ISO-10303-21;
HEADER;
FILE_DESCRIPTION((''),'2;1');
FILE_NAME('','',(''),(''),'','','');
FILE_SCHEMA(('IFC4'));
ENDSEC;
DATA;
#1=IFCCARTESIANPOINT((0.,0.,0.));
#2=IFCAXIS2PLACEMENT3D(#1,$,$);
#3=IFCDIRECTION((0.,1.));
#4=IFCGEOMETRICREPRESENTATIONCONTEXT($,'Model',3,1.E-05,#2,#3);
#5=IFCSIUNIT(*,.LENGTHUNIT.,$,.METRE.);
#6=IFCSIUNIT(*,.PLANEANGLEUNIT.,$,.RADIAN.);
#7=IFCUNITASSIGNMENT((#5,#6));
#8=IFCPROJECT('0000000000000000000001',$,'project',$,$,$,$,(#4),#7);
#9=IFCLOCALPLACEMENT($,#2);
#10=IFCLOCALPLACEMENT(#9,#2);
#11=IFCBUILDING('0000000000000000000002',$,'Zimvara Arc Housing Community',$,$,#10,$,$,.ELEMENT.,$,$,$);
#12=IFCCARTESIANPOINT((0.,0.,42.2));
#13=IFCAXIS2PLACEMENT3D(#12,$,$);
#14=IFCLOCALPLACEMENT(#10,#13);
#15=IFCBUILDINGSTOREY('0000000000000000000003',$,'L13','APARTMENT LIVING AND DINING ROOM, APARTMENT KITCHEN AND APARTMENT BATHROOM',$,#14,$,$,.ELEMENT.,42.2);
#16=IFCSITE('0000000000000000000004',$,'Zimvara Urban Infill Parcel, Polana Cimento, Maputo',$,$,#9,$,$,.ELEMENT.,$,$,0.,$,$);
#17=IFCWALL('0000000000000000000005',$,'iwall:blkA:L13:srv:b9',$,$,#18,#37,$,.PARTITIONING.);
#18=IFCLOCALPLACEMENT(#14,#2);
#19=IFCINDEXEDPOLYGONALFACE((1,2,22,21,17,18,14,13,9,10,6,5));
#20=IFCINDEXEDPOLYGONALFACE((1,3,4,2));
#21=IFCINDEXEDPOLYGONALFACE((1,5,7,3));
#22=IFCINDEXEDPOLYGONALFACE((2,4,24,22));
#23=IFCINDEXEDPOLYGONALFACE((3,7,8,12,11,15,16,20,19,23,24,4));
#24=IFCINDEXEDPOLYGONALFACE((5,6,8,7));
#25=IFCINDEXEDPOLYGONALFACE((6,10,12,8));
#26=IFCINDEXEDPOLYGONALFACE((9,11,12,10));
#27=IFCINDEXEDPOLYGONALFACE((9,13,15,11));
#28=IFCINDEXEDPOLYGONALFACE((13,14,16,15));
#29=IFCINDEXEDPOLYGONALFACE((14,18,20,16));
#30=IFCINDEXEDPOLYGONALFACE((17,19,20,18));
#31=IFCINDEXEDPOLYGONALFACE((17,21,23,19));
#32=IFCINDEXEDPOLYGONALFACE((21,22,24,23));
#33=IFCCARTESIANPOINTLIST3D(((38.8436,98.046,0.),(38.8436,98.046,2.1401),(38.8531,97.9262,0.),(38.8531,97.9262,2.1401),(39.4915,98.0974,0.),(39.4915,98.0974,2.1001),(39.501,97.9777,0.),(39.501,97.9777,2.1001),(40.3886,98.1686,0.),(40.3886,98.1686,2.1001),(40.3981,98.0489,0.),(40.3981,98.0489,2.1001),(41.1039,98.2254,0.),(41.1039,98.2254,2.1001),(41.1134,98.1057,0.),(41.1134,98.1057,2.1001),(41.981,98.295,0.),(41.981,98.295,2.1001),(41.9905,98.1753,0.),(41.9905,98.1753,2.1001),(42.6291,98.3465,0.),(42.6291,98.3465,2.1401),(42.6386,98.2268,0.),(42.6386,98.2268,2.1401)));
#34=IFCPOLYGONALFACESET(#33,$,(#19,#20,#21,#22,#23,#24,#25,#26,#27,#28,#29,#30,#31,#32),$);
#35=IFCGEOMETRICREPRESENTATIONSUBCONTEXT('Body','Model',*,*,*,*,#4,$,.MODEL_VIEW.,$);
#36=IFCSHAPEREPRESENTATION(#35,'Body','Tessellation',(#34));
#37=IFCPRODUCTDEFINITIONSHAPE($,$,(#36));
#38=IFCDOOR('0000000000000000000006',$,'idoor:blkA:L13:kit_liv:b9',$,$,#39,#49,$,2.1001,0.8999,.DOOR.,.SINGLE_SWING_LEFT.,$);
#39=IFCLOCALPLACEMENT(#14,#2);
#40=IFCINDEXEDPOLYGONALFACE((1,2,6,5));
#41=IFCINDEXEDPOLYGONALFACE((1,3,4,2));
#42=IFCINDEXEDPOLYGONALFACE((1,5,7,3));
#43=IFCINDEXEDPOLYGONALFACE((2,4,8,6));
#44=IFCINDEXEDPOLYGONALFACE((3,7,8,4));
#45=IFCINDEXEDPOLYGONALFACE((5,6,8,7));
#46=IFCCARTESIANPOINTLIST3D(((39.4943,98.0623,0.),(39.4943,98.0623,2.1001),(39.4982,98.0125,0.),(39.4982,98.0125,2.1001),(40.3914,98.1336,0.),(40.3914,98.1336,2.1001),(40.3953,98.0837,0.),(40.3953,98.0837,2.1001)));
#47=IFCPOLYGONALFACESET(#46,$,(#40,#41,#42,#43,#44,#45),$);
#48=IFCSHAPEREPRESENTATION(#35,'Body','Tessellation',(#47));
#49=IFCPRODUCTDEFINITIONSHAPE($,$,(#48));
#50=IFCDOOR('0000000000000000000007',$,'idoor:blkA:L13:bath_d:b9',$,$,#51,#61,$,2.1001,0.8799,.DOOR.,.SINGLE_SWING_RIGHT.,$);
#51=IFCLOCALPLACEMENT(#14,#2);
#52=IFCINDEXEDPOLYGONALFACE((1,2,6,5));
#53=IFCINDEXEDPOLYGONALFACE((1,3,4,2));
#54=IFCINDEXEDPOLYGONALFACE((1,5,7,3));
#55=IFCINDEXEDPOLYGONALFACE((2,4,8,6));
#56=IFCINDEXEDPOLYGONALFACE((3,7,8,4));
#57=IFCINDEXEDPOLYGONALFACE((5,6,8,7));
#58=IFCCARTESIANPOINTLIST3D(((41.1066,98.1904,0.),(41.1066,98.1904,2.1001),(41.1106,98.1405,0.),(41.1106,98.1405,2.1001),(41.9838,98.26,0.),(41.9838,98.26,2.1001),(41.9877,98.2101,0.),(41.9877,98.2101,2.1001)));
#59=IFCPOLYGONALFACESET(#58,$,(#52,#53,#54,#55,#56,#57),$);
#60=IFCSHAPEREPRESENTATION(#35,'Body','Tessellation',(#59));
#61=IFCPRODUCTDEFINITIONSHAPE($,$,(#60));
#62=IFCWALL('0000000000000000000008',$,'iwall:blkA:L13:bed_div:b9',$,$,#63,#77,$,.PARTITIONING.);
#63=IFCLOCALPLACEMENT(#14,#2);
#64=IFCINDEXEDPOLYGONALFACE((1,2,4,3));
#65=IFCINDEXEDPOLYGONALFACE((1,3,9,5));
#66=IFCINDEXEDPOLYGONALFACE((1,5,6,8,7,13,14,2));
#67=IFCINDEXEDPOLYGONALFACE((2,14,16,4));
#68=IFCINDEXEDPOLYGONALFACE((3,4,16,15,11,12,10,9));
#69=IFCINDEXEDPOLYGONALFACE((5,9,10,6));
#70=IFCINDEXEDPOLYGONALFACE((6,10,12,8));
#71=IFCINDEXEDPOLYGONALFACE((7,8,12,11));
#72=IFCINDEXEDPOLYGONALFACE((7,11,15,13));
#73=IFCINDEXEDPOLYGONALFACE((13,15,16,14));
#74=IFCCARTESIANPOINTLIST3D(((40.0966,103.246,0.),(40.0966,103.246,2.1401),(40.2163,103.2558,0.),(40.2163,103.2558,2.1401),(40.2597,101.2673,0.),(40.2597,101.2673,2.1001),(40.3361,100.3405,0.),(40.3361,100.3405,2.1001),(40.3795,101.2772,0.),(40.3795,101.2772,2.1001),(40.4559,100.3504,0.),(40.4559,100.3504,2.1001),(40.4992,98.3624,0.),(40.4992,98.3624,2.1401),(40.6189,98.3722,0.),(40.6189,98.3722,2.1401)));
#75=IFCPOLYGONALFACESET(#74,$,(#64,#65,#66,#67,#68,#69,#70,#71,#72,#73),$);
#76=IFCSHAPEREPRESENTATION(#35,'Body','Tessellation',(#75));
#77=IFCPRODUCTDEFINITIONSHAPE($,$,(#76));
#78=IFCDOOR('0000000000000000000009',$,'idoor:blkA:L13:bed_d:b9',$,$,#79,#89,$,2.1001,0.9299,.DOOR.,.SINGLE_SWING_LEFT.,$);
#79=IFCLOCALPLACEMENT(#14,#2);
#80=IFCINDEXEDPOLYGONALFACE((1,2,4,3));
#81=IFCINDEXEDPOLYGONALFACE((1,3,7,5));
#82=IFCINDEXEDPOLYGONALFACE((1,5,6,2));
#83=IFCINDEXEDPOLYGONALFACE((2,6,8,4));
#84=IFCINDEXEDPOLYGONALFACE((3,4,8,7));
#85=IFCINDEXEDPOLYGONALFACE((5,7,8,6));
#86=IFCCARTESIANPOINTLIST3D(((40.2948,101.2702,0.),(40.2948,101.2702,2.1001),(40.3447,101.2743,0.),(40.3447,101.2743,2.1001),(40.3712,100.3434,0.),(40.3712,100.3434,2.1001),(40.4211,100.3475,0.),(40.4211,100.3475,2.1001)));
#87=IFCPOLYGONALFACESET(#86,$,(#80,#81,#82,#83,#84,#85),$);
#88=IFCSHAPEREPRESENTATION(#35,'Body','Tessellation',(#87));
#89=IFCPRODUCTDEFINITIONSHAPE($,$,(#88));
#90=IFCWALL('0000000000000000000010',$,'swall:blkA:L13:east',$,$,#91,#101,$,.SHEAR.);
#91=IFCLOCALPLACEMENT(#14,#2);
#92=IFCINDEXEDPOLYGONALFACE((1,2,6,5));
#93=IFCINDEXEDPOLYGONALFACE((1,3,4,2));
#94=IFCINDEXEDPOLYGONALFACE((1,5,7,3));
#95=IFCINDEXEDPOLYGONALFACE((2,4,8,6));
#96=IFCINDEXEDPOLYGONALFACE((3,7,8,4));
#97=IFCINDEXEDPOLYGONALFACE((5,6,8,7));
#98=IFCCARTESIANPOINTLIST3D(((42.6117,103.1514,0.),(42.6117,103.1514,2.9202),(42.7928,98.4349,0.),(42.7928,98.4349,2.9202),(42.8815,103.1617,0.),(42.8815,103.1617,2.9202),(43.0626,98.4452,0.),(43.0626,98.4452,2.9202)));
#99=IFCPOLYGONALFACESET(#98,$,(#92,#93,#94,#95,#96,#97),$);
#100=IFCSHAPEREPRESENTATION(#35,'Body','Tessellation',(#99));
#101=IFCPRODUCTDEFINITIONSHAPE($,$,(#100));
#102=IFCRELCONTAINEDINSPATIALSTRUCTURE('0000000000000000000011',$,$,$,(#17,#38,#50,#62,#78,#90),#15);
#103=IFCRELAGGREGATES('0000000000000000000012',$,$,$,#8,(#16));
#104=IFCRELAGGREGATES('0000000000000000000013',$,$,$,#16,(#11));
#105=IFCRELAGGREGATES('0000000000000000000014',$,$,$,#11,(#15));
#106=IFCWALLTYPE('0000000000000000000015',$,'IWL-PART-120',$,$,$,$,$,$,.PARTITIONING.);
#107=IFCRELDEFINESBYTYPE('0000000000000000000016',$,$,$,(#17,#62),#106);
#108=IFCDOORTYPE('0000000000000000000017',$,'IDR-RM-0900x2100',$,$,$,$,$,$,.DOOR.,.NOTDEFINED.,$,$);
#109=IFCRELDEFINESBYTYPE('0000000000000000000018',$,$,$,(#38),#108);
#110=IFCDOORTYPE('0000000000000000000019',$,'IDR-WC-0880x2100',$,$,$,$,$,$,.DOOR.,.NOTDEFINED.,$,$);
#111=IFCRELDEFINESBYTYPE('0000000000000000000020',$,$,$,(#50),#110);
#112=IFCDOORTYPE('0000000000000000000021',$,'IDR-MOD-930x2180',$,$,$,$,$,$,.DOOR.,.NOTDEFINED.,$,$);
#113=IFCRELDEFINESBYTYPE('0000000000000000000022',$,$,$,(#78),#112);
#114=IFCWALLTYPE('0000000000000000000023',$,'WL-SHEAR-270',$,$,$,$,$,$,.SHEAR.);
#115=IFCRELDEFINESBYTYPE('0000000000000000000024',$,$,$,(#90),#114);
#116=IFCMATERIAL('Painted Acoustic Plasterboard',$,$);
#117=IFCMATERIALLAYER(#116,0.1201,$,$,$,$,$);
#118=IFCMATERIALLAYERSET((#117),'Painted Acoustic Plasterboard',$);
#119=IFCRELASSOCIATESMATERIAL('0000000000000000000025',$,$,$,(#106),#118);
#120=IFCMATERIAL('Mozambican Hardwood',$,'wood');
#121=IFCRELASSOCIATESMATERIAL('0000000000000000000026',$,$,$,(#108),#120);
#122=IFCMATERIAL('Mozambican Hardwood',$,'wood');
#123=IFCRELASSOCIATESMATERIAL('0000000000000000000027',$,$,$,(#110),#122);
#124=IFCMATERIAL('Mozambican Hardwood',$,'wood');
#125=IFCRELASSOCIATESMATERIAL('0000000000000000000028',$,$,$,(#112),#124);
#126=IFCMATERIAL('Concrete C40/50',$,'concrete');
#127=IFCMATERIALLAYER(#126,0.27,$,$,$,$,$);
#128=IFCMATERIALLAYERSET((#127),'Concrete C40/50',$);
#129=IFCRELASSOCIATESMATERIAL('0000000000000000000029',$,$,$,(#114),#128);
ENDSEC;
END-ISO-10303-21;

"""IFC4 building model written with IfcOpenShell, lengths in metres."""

from ifc_helpers import new_model, si_unit, direction, frame, frame_2d, origin, place, context, subcontext, project, spatial, rectangle, extrude, material, layer, layer_set, type_object, element, fill, save


model = new_model("IFC4")

# Units and contexts
model_context = context("Model", 3, precision=1e-05, world=origin(), true_north=direction((0.0, 1.0)))
body_context = subcontext(model_context, "Body", "Model", "MODEL_VIEW")
ifc_project = project(units=[si_unit("LENGTHUNIT", "METRE"), si_unit("PLANEANGLEUNIT", "RADIAN")], contexts=[model_context])

# Site, building, storey
site_placement = place(None, origin())
site = spatial("IfcSite", under=ifc_project, at=site_placement, Name="Zimvara Urban Infill Parcel, Polana Cimento, Maputo", CompositionType="ELEMENT", RefElevation=0.0)
building_placement = place(site_placement, origin())
building = spatial("IfcBuilding", under=site, at=building_placement, Name="Zimvara Arc Housing Community", CompositionType="ELEMENT")
storey_placement = place(building_placement, frame((0.0, 0.0, 42.2)))
storey = spatial("IfcBuildingStorey", under=building, at=storey_placement, Name="L13", Description="APARTMENT LIVING AND DINING ROOM, APARTMENT KITCHEN AND APARTMENT BATHROOM", CompositionType="ELEMENT", Elevation=42.2)

# Wall, openings, doors
ifc_material_1 = material(Name="Painted Acoustic Plasterboard")
ifc_layer_1 = layer(ifc_material_1, 0.1201)
ifc_layer_set_1 = layer_set([ifc_layer_1], Name="Painted Acoustic Plasterboard")
wall_type_1 = type_object("IfcWallType", Name="IWL-PART-120", PredefinedType="PARTITIONING", material=ifc_layer_set_1)
wall_1_placement = place(storey_placement, frame((38.8484, 97.9861, 0.0), z_axis=(0.0, 0.0, 1.0), x_axis=(0.996863, 0.079145, 0.0)))
wall_1 = element("IfcWall", 1, at=wall_1_placement, inside=storey, type_object=wall_type_1, Name="iwall:blkA:L13:srv:b9", PredefinedType="PARTITIONING", context=body_context, shape_type="SweptSolid", body=[
    extrude(rectangle(XDim=3.7974, YDim=0.1201, at=frame_2d((1.8987, 0.0))), origin(), (0.0, 0.0, 1.0), 2.1401),
])
opening_1_placement = place(wall_1_placement, frame((0.6499, 0.0, 0.0)))
opening_1 = element("IfcOpeningElement", 2, at=opening_1_placement, cuts=wall_1, PredefinedType="OPENING", context=body_context, shape_type="SweptSolid", body=[
    extrude(rectangle(XDim=0.8999, YDim=2.1001, at=frame_2d((0.45, 1.05))), frame((0.0, 0.0701, 0.0), z_axis=(0.0, -1.0, 0.0), x_axis=(1.0, 0.0, 0.0)), (0.0, 0.0, 1.0), 0.1401),
])
opening_2_placement = place(wall_1_placement, frame((2.2673, 0.0, 0.0)))
opening_2 = element("IfcOpeningElement", 3, at=opening_2_placement, cuts=wall_1, PredefinedType="OPENING", context=body_context, shape_type="SweptSolid", body=[
    extrude(rectangle(XDim=0.8799, YDim=2.1001, at=frame_2d((0.4399, 1.05))), frame((0.0, 0.0701, 0.0), z_axis=(0.0, -1.0, 0.0), x_axis=(1.0, 0.0, 0.0)), (0.0, 0.0, 1.0), 0.1401),
])
ifc_material_2 = material(Name="Mozambican Hardwood", Category="wood")
door_type_1 = type_object("IfcDoorType", Name="IDR-RM-0900x2100", OperationType="NOTDEFINED", PredefinedType="DOOR", material=ifc_material_2)
door_1_placement = place(opening_1_placement, origin())
door_1 = element("IfcDoor", 4, at=door_1_placement, inside=storey, type_object=door_type_1, Name="idoor:blkA:L13:kit_liv:b9", OperationType="SINGLE_SWING_LEFT", OverallHeight=2.1001, OverallWidth=0.8999, PredefinedType="DOOR", context=body_context, shape_type="SweptSolid", body=[
    extrude(rectangle(XDim=0.8999, YDim=2.1001, at=frame_2d((0.45, 1.05))), frame((0.0, 0.0249, 0.0), z_axis=(0.0, -1.0, 0.0), x_axis=(1.0, 0.0, 0.0)), (0.0, 0.0, 1.0), 0.05),
])
fill(opening_1, door_1)
ifc_material_3 = material(Name="Mozambican Hardwood", Category="wood")
door_type_2 = type_object("IfcDoorType", Name="IDR-WC-0880x2100", OperationType="NOTDEFINED", PredefinedType="DOOR", material=ifc_material_3)
door_2_placement = place(opening_2_placement, origin())
door_2 = element("IfcDoor", 5, at=door_2_placement, inside=storey, type_object=door_type_2, Name="idoor:blkA:L13:bath_d:b9", OperationType="SINGLE_SWING_RIGHT", OverallHeight=2.1001, OverallWidth=0.8799, PredefinedType="DOOR", context=body_context, shape_type="SweptSolid", body=[
    extrude(rectangle(XDim=0.8799, YDim=2.1001, at=frame_2d((0.4399, 1.05))), frame((0.0, 0.0249, 0.0), z_axis=(0.0, -1.0, 0.0), x_axis=(1.0, 0.0, 0.0)), (0.0, 0.0, 1.0), 0.05),
])
fill(opening_2, door_2)

# Wall, opening, door
wall_2_placement = place(storey_placement, frame((40.5591, 98.3672, 0.0), z_axis=(0.0, 0.0, 1.0), x_axis=(-0.082159, 0.996619, 0.0)))
wall_2 = element("IfcWall", 6, at=wall_2_placement, inside=storey, type_object=wall_type_1, Name="iwall:blkA:L13:bed_div:b9", PredefinedType="PARTITIONING", context=body_context, shape_type="SweptSolid", body=[
    extrude(rectangle(XDim=4.9001, YDim=0.1201, at=frame_2d((2.4502, 0.0))), origin(), (0.0, 0.0, 1.0), 2.1401),
])
opening_3_placement = place(wall_2_placement, frame((1.9851, 0.0, 0.0)))
opening_3 = element("IfcOpeningElement", 7, at=opening_3_placement, cuts=wall_2, PredefinedType="OPENING", context=body_context, shape_type="SweptSolid", body=[
    extrude(rectangle(XDim=0.9299, YDim=2.1001, at=frame_2d((0.4648, 1.05))), frame((0.0, 0.0701, 0.0), z_axis=(0.0, -1.0, 0.0), x_axis=(1.0, 0.0, 0.0)), (0.0, 0.0, 1.0), 0.1401),
])
ifc_material_4 = material(Name="Mozambican Hardwood", Category="wood")
door_type_3 = type_object("IfcDoorType", Name="IDR-MOD-930x2180", OperationType="NOTDEFINED", PredefinedType="DOOR", material=ifc_material_4)
door_3_placement = place(opening_3_placement, origin())
door_3 = element("IfcDoor", 8, at=door_3_placement, inside=storey, type_object=door_type_3, Name="idoor:blkA:L13:bed_d:b9", OperationType="SINGLE_SWING_LEFT", OverallHeight=2.1001, OverallWidth=0.9299, PredefinedType="DOOR", context=body_context, shape_type="SweptSolid", body=[
    extrude(rectangle(XDim=0.9299, YDim=2.1001, at=frame_2d((0.4648, 1.05))), frame((0.0, 0.0249, 0.0), z_axis=(0.0, -1.0, 0.0), x_axis=(1.0, 0.0, 0.0)), (0.0, 0.0, 1.0), 0.05),
])
fill(opening_3, door_3)

# Wall
ifc_material_5 = material(Name="Concrete C40/50", Category="concrete")
ifc_layer_2 = layer(ifc_material_5, 0.27)
ifc_layer_set_2 = layer_set([ifc_layer_2], Name="Concrete C40/50")
wall_type_2 = type_object("IfcWallType", Name="WL-SHEAR-270", PredefinedType="SHEAR", material=ifc_layer_set_2)
wall_3_placement = place(storey_placement, frame((42.9277, 98.4402, 0.0), z_axis=(0.0, 0.0, 1.0), x_axis=(-0.038379, 0.999263, 0.0)))
element("IfcWall", 9, at=wall_3_placement, inside=storey, type_object=wall_type_2, Name="swall:blkA:L13:east", PredefinedType="SHEAR", context=body_context, shape_type="SweptSolid", body=[
    extrude(rectangle(XDim=4.72, YDim=0.27, at=frame_2d((2.3599, 0.0))), origin(), (0.0, 0.0, 1.0), 2.9202),
])

save(model, "model.ifc")
